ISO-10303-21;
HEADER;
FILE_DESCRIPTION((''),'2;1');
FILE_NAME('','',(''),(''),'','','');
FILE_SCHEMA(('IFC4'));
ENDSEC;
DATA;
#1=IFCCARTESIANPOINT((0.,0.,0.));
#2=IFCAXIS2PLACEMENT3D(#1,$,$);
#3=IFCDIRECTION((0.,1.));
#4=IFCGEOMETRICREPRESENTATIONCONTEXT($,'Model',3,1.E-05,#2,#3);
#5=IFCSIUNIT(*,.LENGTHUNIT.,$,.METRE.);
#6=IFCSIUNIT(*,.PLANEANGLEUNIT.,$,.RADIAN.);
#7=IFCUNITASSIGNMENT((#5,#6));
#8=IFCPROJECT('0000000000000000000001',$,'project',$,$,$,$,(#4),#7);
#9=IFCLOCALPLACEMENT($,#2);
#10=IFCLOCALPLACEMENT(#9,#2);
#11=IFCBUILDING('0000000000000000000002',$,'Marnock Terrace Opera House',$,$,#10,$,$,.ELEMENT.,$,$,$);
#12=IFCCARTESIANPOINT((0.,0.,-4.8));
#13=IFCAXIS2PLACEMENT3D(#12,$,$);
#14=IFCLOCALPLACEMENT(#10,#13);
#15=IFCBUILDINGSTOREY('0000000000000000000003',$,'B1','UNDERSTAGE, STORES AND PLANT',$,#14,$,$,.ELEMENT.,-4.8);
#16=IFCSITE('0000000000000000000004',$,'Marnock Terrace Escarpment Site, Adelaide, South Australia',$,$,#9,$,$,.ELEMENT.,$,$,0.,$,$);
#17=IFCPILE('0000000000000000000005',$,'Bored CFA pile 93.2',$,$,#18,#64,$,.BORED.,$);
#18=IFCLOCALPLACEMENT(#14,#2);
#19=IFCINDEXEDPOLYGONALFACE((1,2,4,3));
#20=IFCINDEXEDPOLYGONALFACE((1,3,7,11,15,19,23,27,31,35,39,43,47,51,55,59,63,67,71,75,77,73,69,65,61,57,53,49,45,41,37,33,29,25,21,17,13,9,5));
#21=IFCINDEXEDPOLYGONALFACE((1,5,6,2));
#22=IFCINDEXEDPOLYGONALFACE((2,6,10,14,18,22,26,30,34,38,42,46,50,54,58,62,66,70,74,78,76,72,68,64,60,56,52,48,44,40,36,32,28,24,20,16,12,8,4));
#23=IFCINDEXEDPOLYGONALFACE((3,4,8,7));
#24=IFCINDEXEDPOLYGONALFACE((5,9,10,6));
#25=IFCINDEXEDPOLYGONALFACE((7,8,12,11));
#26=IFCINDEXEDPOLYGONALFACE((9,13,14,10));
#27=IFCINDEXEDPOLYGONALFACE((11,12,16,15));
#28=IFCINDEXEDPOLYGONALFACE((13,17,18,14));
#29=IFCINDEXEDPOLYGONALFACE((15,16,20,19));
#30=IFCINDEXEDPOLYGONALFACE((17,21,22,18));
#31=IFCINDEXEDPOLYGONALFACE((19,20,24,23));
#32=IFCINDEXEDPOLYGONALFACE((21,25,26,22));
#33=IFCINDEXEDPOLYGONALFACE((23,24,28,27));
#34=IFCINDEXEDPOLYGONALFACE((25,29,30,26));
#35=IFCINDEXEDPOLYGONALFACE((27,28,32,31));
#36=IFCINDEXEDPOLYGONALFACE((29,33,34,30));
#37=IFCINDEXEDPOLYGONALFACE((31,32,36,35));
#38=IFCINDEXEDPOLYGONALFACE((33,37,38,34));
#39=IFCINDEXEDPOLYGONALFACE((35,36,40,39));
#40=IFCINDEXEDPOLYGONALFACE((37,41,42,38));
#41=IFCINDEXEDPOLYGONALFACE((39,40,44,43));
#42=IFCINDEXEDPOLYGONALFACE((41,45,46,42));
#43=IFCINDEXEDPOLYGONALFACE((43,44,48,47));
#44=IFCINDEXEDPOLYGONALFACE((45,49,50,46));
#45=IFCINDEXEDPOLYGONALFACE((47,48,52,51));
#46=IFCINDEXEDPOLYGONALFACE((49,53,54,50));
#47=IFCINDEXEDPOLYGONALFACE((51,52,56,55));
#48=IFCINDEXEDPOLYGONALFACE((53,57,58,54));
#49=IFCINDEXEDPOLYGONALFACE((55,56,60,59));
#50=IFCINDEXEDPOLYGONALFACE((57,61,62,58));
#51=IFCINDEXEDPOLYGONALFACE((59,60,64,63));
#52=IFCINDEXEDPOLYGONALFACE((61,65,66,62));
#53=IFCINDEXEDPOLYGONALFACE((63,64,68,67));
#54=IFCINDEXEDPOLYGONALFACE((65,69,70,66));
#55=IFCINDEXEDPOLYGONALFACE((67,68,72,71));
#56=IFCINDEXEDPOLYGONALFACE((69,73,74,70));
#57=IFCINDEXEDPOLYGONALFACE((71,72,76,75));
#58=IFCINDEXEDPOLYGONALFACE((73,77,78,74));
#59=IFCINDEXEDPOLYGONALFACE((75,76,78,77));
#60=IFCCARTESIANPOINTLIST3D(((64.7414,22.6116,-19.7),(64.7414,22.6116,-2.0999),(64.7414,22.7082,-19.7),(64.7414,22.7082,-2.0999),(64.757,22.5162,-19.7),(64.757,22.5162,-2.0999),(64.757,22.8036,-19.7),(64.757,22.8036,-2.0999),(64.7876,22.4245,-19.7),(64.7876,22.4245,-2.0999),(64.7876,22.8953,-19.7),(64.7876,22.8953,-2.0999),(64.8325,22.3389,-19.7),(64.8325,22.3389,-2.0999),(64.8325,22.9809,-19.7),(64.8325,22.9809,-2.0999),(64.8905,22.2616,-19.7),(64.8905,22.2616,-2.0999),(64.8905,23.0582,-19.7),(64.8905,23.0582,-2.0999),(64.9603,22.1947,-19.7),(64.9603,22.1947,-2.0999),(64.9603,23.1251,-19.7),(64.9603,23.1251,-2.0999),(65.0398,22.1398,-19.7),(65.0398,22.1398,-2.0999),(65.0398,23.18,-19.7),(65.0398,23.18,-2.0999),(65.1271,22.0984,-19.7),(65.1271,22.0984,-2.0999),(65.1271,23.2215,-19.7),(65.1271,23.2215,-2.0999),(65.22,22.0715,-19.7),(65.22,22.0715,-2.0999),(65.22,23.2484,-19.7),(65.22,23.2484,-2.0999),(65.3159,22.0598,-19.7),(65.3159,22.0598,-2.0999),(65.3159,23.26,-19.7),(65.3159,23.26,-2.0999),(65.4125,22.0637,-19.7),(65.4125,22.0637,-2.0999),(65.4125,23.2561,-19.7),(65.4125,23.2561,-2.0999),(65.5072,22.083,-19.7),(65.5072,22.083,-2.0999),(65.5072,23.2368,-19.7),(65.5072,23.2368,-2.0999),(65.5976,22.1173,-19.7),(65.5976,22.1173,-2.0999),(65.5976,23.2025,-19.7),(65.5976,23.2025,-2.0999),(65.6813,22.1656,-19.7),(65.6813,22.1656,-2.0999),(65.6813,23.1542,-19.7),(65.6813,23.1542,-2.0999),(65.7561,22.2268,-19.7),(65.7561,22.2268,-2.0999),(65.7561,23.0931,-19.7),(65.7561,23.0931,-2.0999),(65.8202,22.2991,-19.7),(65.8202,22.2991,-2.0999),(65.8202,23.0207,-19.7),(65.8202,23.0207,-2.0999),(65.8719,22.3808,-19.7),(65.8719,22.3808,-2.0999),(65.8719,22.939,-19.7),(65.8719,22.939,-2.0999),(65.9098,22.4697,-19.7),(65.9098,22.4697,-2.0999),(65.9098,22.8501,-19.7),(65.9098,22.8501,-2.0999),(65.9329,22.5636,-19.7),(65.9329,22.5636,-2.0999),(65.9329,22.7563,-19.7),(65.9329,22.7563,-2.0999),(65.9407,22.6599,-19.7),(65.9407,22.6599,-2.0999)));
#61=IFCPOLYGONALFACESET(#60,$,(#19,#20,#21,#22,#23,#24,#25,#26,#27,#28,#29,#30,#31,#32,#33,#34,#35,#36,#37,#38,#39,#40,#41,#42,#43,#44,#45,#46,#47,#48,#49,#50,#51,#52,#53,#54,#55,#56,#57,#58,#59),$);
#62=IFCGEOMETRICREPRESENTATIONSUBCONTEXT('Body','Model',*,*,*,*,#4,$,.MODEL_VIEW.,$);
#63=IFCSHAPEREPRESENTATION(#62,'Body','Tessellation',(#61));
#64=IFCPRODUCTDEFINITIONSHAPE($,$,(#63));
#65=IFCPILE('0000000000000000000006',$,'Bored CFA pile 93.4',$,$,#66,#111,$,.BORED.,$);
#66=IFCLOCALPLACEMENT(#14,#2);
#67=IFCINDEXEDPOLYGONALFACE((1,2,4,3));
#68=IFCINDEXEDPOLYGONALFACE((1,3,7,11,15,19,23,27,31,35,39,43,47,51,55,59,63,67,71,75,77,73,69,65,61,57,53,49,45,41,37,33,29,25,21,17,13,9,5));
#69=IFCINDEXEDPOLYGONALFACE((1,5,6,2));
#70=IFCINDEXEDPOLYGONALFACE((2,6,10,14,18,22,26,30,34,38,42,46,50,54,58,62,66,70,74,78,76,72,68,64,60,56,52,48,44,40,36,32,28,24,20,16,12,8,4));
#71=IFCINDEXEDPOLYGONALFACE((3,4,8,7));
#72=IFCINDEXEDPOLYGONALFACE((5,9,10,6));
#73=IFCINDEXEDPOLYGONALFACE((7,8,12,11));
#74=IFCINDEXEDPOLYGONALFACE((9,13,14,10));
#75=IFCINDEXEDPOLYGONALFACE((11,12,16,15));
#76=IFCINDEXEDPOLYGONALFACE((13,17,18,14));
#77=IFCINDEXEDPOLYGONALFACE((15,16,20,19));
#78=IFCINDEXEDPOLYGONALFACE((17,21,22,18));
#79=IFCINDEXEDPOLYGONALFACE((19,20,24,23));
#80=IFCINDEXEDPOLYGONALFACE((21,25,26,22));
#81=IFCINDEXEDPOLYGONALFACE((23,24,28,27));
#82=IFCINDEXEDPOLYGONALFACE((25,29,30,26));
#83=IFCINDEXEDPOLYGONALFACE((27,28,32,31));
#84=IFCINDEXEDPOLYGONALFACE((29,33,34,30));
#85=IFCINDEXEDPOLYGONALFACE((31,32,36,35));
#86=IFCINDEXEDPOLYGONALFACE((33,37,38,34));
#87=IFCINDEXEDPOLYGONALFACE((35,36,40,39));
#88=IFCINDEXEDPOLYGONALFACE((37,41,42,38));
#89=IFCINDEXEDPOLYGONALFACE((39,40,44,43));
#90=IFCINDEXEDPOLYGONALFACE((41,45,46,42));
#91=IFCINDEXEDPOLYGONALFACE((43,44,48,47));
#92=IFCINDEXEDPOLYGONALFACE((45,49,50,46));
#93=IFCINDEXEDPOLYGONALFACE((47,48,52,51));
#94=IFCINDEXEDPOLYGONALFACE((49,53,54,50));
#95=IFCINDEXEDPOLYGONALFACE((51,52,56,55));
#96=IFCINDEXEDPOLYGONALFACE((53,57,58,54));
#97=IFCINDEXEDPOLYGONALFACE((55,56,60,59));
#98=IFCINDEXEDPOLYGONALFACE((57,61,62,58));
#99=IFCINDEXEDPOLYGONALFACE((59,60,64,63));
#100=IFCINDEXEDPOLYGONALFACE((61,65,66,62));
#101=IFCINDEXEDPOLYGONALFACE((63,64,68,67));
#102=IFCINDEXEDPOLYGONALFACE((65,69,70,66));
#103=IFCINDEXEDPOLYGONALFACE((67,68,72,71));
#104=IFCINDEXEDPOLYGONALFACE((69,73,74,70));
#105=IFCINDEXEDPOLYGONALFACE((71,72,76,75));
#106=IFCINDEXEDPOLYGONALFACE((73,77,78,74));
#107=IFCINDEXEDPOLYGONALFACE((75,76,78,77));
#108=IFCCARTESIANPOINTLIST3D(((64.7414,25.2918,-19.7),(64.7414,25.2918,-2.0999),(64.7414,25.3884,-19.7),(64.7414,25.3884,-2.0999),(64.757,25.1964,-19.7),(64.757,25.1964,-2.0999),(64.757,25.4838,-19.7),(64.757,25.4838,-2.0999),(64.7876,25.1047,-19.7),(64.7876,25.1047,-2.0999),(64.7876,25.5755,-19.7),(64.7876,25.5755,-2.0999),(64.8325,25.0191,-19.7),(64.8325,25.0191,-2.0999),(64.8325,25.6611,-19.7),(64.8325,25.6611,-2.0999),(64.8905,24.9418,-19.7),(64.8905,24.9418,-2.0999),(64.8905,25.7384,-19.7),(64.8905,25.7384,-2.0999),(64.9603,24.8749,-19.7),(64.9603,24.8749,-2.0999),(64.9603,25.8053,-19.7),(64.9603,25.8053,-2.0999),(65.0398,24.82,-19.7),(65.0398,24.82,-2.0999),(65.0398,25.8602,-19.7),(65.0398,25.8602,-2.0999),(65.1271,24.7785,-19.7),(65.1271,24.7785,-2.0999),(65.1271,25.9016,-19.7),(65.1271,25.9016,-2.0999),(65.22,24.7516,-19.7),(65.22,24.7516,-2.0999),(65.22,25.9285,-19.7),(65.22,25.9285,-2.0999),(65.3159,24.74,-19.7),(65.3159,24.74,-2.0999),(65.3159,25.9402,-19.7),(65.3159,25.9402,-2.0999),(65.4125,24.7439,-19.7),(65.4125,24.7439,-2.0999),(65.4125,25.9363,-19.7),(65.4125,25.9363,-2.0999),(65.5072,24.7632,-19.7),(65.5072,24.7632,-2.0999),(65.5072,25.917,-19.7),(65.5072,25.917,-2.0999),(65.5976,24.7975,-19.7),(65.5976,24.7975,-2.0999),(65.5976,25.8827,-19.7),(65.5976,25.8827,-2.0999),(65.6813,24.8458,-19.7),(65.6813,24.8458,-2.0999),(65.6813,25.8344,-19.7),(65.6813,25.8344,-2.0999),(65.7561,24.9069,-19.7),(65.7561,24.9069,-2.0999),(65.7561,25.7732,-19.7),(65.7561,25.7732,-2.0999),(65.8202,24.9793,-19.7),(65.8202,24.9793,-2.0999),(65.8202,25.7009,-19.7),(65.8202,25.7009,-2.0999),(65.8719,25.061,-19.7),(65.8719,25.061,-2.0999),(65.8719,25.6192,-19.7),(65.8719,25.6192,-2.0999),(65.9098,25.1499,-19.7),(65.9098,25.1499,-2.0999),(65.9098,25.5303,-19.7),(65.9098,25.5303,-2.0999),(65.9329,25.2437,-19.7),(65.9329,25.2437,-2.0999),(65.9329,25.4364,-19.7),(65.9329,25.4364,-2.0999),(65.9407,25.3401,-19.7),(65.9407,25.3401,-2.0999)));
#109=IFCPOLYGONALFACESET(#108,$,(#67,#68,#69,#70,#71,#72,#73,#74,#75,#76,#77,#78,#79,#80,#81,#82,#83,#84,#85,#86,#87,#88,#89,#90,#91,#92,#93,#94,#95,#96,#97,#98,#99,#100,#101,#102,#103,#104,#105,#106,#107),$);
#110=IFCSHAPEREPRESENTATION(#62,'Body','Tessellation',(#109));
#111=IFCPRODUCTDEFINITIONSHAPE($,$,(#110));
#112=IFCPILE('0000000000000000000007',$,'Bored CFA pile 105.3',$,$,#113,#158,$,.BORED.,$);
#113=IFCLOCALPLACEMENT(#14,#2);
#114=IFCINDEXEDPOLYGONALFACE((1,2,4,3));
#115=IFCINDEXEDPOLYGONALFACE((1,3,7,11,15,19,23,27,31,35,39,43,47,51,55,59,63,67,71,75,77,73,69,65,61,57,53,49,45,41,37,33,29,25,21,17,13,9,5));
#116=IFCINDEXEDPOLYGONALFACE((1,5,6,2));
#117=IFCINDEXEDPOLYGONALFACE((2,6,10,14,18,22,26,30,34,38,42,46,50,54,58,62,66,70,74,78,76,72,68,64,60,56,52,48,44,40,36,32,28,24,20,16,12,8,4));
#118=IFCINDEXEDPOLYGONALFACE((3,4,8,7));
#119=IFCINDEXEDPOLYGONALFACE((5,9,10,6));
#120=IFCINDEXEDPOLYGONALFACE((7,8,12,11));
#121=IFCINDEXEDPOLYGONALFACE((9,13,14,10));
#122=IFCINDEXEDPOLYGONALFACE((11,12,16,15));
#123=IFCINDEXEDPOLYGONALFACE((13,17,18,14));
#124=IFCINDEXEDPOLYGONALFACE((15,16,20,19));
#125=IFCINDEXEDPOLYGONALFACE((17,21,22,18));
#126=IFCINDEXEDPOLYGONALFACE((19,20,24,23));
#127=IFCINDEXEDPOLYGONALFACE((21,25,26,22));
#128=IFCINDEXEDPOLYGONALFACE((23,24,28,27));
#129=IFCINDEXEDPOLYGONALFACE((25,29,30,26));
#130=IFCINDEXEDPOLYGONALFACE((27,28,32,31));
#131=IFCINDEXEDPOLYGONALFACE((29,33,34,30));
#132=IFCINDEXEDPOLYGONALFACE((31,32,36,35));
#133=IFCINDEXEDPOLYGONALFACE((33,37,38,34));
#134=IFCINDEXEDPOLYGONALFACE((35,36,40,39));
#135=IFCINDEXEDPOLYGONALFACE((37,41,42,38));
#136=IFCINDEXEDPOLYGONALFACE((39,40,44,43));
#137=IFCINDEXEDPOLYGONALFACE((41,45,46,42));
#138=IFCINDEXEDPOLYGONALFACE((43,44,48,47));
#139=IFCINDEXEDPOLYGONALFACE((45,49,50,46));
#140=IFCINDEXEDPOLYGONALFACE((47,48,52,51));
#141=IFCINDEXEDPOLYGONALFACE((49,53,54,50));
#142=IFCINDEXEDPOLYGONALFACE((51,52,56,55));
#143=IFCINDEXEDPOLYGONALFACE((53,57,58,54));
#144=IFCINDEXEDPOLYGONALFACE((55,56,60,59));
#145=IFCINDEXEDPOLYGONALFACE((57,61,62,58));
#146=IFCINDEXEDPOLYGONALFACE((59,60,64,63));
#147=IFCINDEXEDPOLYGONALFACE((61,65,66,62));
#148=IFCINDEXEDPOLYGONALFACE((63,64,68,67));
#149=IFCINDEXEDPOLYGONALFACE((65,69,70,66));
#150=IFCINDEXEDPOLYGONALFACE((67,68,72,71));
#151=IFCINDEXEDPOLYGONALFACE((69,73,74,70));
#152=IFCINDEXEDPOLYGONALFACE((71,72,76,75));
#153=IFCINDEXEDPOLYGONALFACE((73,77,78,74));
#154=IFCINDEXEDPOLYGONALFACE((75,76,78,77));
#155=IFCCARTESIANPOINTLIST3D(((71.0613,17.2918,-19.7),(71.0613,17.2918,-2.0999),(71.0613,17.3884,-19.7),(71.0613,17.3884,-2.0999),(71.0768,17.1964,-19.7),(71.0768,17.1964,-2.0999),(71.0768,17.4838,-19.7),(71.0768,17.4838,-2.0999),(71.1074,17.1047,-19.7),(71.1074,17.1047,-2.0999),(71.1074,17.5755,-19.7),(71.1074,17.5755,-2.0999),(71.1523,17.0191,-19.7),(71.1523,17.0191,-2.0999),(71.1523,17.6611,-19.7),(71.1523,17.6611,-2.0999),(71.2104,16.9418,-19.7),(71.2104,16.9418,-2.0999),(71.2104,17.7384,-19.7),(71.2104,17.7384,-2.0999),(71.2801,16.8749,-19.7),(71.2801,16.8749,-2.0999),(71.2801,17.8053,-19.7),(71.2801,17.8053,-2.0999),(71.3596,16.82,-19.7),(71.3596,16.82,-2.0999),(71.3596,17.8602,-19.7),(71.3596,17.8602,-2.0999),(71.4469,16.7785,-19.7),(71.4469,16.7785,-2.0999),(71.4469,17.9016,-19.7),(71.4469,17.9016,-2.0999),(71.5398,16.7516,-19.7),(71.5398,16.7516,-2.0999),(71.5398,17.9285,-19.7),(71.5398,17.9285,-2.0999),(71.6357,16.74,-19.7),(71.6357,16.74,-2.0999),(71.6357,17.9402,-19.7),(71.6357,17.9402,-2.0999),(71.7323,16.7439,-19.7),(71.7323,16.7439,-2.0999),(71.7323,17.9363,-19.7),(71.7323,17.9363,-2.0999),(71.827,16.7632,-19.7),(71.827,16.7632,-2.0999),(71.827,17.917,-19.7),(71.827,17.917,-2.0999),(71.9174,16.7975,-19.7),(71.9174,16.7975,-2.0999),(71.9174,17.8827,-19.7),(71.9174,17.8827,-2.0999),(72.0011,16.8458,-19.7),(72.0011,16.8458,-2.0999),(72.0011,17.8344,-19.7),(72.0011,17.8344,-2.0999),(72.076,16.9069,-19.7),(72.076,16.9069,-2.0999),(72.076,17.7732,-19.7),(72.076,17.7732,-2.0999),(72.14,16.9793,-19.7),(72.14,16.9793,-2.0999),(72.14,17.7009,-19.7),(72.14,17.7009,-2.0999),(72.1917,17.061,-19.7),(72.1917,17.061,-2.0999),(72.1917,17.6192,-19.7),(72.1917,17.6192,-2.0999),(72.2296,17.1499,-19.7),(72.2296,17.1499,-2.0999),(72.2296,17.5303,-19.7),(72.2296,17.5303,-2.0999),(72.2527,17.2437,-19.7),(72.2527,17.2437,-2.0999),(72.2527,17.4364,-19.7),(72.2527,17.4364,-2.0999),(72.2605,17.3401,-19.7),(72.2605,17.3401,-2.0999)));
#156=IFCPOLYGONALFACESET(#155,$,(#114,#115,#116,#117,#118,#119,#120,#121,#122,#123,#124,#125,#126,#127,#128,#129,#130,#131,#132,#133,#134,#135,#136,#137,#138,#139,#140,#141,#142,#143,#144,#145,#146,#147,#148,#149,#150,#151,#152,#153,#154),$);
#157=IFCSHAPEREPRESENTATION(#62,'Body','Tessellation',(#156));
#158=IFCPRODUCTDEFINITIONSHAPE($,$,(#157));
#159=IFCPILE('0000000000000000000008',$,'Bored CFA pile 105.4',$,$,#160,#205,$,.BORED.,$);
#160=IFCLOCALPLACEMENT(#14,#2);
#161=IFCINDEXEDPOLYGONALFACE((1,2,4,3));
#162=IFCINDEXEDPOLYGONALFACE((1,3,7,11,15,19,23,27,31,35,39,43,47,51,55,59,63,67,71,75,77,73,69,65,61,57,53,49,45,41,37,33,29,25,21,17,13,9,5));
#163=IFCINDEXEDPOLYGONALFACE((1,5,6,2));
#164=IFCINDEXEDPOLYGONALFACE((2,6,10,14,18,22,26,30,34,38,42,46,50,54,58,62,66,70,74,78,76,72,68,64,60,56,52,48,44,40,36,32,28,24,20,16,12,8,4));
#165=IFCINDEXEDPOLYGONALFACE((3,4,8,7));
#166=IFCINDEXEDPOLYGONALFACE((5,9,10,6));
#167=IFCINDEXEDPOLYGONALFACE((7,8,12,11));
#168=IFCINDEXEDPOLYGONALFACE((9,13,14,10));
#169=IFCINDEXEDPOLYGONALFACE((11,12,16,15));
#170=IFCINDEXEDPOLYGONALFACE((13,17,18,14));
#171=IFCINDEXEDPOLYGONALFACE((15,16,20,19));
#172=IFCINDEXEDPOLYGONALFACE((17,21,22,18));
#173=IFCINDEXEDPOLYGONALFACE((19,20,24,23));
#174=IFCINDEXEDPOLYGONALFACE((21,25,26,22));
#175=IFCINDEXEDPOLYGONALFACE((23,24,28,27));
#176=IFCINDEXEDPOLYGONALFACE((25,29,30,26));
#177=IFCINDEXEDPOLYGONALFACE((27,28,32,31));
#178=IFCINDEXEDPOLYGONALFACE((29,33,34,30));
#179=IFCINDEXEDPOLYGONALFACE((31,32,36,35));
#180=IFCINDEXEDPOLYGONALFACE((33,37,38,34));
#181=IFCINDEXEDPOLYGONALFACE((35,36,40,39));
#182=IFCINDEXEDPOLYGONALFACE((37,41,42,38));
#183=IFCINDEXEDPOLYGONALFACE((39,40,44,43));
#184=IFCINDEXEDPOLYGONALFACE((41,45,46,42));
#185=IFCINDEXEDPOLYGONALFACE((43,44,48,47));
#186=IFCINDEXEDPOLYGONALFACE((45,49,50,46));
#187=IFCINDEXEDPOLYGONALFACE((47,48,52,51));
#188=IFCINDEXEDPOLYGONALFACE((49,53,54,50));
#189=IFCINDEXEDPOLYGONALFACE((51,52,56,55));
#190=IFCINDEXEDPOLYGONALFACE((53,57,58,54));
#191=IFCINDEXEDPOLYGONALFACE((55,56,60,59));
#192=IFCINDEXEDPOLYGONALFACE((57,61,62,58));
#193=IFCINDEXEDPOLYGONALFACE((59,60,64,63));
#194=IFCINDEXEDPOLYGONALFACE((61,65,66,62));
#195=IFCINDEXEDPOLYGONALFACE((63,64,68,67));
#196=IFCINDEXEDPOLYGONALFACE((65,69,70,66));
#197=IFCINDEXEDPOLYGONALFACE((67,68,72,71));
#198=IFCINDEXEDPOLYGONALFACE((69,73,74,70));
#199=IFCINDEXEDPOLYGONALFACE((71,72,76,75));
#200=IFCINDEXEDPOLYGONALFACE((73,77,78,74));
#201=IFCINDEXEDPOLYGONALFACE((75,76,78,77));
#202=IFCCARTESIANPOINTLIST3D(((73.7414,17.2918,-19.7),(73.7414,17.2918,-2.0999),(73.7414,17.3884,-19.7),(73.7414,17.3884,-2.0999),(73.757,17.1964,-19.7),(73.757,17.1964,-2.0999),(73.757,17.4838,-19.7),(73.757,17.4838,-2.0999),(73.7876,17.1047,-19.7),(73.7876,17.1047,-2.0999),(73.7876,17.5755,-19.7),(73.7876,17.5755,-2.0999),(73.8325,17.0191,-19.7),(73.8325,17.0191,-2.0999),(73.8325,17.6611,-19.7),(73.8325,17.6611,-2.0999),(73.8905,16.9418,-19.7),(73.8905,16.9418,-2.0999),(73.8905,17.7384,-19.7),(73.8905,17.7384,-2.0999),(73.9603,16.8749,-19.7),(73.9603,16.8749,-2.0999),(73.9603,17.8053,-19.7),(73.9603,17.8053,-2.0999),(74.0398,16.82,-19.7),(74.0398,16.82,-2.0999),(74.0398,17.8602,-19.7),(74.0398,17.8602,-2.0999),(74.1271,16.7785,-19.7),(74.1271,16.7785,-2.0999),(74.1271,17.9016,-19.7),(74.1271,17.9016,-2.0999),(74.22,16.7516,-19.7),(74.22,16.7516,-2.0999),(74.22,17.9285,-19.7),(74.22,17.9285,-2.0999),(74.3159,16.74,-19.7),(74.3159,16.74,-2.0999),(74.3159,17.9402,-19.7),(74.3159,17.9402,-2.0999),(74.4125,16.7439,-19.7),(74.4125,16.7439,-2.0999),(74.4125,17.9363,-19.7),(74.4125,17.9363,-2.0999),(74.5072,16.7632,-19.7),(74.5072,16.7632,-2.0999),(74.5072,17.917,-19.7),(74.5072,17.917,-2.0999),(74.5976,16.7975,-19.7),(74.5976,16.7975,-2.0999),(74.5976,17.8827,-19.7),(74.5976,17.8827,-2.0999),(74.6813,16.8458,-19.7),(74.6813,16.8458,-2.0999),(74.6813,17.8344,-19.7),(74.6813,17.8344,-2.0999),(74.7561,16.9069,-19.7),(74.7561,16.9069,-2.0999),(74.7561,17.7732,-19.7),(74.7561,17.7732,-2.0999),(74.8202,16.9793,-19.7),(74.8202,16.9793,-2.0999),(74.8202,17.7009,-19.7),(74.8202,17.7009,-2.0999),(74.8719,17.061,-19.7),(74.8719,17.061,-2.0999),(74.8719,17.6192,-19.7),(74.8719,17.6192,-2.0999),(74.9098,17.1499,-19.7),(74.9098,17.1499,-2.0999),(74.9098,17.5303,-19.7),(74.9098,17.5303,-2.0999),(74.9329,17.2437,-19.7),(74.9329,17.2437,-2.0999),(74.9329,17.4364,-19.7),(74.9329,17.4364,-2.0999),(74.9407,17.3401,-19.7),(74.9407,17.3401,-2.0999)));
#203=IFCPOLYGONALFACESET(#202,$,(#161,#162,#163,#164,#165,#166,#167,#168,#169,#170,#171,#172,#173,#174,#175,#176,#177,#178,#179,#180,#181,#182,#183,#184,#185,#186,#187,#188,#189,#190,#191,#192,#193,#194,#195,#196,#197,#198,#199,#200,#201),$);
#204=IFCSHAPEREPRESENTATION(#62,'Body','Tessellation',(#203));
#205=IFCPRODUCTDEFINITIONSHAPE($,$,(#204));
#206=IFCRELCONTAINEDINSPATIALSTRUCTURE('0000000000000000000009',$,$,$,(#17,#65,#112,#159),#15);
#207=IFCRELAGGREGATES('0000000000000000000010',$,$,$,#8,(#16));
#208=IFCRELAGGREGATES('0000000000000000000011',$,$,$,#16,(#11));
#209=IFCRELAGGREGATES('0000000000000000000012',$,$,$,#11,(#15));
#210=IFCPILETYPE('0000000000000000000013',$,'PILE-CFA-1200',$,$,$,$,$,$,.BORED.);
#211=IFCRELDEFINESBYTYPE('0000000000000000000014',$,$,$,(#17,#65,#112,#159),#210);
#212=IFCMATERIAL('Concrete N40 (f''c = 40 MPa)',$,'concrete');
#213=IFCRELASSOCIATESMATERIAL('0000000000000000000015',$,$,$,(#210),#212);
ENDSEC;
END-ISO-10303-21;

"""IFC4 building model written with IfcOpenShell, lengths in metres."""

from ifc_helpers import new_model, si_unit, direction, frame, origin, origin_2d, place, context, subcontext, project, spatial, circle, extrude, material, material_profile, profile_set, type_object, element, save


model = new_model("IFC4")

# Units and contexts
model_context = context("Model", 3, precision=1e-05, world=origin(), true_north=direction((0.0, 1.0)))
body_context = subcontext(model_context, "Body", "Model", "MODEL_VIEW")
ifc_project = project(units=[si_unit("LENGTHUNIT", "METRE"), si_unit("PLANEANGLEUNIT", "RADIAN")], contexts=[model_context])

# Site, building, storey
site_placement = place(None, origin())
site = spatial("IfcSite", under=ifc_project, at=site_placement, Name="Marnock Terrace Escarpment Site, Adelaide, South Australia", CompositionType="ELEMENT", RefElevation=0.0)
building_placement = place(site_placement, origin())
building = spatial("IfcBuilding", under=site, at=building_placement, Name="Marnock Terrace Opera House", CompositionType="ELEMENT")
storey_placement = place(building_placement, frame((0.0, 0.0, -4.8)))
storey = spatial("IfcBuildingStorey", under=building, at=storey_placement, Name="B1", Description="UNDERSTAGE, STORES AND PLANT", CompositionType="ELEMENT", Elevation=-4.8)

# Shared definitions
ifc_material_1 = material(Name="Concrete N40 (f'c = 40 MPa)", Category="concrete")

# Piles
ifc_material_profile_1 = material_profile(ifc_material_1, circle(Radius=0.6006, at=origin_2d()))
ifc_profile_set_1 = profile_set([ifc_material_profile_1], Name="Concrete N40 (f'c = 40 MPa)")
pile_type = type_object("IfcPileType", Name="PILE-CFA-1200", PredefinedType="BORED", material=ifc_profile_set_1)
for number, where, z_axis, x_axis, name in (
    (1, (65.3401, 22.6599, -2.0999), (0.0, 0.0, -1.0), (1.0, 0.0, 0.0), "Bored CFA pile 93.2"),
    (2, (65.3401, 25.3401, -2.0999), (0.0, 0.0, -1.0), (1.0, 0.0, 0.0), "Bored CFA pile 93.4"),
    (3, (71.6599, 17.3401, -2.0999), (0.0, 0.0, -1.0), (1.0, 0.0, 0.0), "Bored CFA pile 105.3"),
    (4, (74.3401, 17.3401, -2.0999), (0.0, 0.0, -1.0), (1.0, 0.0, 0.0), "Bored CFA pile 105.4"),
):
    element("IfcPile", number, at=place(storey_placement, frame(where, z_axis=z_axis, x_axis=x_axis)), inside=storey, type_object=pile_type, Name=name, PredefinedType="BORED", context=body_context, shape_type="SweptSolid", body=[
        extrude(circle(Radius=0.6006, at=origin_2d()), origin(), (0.0, 0.0, 1.0), 17.6001),
    ])

save(model, "model.ifc")
